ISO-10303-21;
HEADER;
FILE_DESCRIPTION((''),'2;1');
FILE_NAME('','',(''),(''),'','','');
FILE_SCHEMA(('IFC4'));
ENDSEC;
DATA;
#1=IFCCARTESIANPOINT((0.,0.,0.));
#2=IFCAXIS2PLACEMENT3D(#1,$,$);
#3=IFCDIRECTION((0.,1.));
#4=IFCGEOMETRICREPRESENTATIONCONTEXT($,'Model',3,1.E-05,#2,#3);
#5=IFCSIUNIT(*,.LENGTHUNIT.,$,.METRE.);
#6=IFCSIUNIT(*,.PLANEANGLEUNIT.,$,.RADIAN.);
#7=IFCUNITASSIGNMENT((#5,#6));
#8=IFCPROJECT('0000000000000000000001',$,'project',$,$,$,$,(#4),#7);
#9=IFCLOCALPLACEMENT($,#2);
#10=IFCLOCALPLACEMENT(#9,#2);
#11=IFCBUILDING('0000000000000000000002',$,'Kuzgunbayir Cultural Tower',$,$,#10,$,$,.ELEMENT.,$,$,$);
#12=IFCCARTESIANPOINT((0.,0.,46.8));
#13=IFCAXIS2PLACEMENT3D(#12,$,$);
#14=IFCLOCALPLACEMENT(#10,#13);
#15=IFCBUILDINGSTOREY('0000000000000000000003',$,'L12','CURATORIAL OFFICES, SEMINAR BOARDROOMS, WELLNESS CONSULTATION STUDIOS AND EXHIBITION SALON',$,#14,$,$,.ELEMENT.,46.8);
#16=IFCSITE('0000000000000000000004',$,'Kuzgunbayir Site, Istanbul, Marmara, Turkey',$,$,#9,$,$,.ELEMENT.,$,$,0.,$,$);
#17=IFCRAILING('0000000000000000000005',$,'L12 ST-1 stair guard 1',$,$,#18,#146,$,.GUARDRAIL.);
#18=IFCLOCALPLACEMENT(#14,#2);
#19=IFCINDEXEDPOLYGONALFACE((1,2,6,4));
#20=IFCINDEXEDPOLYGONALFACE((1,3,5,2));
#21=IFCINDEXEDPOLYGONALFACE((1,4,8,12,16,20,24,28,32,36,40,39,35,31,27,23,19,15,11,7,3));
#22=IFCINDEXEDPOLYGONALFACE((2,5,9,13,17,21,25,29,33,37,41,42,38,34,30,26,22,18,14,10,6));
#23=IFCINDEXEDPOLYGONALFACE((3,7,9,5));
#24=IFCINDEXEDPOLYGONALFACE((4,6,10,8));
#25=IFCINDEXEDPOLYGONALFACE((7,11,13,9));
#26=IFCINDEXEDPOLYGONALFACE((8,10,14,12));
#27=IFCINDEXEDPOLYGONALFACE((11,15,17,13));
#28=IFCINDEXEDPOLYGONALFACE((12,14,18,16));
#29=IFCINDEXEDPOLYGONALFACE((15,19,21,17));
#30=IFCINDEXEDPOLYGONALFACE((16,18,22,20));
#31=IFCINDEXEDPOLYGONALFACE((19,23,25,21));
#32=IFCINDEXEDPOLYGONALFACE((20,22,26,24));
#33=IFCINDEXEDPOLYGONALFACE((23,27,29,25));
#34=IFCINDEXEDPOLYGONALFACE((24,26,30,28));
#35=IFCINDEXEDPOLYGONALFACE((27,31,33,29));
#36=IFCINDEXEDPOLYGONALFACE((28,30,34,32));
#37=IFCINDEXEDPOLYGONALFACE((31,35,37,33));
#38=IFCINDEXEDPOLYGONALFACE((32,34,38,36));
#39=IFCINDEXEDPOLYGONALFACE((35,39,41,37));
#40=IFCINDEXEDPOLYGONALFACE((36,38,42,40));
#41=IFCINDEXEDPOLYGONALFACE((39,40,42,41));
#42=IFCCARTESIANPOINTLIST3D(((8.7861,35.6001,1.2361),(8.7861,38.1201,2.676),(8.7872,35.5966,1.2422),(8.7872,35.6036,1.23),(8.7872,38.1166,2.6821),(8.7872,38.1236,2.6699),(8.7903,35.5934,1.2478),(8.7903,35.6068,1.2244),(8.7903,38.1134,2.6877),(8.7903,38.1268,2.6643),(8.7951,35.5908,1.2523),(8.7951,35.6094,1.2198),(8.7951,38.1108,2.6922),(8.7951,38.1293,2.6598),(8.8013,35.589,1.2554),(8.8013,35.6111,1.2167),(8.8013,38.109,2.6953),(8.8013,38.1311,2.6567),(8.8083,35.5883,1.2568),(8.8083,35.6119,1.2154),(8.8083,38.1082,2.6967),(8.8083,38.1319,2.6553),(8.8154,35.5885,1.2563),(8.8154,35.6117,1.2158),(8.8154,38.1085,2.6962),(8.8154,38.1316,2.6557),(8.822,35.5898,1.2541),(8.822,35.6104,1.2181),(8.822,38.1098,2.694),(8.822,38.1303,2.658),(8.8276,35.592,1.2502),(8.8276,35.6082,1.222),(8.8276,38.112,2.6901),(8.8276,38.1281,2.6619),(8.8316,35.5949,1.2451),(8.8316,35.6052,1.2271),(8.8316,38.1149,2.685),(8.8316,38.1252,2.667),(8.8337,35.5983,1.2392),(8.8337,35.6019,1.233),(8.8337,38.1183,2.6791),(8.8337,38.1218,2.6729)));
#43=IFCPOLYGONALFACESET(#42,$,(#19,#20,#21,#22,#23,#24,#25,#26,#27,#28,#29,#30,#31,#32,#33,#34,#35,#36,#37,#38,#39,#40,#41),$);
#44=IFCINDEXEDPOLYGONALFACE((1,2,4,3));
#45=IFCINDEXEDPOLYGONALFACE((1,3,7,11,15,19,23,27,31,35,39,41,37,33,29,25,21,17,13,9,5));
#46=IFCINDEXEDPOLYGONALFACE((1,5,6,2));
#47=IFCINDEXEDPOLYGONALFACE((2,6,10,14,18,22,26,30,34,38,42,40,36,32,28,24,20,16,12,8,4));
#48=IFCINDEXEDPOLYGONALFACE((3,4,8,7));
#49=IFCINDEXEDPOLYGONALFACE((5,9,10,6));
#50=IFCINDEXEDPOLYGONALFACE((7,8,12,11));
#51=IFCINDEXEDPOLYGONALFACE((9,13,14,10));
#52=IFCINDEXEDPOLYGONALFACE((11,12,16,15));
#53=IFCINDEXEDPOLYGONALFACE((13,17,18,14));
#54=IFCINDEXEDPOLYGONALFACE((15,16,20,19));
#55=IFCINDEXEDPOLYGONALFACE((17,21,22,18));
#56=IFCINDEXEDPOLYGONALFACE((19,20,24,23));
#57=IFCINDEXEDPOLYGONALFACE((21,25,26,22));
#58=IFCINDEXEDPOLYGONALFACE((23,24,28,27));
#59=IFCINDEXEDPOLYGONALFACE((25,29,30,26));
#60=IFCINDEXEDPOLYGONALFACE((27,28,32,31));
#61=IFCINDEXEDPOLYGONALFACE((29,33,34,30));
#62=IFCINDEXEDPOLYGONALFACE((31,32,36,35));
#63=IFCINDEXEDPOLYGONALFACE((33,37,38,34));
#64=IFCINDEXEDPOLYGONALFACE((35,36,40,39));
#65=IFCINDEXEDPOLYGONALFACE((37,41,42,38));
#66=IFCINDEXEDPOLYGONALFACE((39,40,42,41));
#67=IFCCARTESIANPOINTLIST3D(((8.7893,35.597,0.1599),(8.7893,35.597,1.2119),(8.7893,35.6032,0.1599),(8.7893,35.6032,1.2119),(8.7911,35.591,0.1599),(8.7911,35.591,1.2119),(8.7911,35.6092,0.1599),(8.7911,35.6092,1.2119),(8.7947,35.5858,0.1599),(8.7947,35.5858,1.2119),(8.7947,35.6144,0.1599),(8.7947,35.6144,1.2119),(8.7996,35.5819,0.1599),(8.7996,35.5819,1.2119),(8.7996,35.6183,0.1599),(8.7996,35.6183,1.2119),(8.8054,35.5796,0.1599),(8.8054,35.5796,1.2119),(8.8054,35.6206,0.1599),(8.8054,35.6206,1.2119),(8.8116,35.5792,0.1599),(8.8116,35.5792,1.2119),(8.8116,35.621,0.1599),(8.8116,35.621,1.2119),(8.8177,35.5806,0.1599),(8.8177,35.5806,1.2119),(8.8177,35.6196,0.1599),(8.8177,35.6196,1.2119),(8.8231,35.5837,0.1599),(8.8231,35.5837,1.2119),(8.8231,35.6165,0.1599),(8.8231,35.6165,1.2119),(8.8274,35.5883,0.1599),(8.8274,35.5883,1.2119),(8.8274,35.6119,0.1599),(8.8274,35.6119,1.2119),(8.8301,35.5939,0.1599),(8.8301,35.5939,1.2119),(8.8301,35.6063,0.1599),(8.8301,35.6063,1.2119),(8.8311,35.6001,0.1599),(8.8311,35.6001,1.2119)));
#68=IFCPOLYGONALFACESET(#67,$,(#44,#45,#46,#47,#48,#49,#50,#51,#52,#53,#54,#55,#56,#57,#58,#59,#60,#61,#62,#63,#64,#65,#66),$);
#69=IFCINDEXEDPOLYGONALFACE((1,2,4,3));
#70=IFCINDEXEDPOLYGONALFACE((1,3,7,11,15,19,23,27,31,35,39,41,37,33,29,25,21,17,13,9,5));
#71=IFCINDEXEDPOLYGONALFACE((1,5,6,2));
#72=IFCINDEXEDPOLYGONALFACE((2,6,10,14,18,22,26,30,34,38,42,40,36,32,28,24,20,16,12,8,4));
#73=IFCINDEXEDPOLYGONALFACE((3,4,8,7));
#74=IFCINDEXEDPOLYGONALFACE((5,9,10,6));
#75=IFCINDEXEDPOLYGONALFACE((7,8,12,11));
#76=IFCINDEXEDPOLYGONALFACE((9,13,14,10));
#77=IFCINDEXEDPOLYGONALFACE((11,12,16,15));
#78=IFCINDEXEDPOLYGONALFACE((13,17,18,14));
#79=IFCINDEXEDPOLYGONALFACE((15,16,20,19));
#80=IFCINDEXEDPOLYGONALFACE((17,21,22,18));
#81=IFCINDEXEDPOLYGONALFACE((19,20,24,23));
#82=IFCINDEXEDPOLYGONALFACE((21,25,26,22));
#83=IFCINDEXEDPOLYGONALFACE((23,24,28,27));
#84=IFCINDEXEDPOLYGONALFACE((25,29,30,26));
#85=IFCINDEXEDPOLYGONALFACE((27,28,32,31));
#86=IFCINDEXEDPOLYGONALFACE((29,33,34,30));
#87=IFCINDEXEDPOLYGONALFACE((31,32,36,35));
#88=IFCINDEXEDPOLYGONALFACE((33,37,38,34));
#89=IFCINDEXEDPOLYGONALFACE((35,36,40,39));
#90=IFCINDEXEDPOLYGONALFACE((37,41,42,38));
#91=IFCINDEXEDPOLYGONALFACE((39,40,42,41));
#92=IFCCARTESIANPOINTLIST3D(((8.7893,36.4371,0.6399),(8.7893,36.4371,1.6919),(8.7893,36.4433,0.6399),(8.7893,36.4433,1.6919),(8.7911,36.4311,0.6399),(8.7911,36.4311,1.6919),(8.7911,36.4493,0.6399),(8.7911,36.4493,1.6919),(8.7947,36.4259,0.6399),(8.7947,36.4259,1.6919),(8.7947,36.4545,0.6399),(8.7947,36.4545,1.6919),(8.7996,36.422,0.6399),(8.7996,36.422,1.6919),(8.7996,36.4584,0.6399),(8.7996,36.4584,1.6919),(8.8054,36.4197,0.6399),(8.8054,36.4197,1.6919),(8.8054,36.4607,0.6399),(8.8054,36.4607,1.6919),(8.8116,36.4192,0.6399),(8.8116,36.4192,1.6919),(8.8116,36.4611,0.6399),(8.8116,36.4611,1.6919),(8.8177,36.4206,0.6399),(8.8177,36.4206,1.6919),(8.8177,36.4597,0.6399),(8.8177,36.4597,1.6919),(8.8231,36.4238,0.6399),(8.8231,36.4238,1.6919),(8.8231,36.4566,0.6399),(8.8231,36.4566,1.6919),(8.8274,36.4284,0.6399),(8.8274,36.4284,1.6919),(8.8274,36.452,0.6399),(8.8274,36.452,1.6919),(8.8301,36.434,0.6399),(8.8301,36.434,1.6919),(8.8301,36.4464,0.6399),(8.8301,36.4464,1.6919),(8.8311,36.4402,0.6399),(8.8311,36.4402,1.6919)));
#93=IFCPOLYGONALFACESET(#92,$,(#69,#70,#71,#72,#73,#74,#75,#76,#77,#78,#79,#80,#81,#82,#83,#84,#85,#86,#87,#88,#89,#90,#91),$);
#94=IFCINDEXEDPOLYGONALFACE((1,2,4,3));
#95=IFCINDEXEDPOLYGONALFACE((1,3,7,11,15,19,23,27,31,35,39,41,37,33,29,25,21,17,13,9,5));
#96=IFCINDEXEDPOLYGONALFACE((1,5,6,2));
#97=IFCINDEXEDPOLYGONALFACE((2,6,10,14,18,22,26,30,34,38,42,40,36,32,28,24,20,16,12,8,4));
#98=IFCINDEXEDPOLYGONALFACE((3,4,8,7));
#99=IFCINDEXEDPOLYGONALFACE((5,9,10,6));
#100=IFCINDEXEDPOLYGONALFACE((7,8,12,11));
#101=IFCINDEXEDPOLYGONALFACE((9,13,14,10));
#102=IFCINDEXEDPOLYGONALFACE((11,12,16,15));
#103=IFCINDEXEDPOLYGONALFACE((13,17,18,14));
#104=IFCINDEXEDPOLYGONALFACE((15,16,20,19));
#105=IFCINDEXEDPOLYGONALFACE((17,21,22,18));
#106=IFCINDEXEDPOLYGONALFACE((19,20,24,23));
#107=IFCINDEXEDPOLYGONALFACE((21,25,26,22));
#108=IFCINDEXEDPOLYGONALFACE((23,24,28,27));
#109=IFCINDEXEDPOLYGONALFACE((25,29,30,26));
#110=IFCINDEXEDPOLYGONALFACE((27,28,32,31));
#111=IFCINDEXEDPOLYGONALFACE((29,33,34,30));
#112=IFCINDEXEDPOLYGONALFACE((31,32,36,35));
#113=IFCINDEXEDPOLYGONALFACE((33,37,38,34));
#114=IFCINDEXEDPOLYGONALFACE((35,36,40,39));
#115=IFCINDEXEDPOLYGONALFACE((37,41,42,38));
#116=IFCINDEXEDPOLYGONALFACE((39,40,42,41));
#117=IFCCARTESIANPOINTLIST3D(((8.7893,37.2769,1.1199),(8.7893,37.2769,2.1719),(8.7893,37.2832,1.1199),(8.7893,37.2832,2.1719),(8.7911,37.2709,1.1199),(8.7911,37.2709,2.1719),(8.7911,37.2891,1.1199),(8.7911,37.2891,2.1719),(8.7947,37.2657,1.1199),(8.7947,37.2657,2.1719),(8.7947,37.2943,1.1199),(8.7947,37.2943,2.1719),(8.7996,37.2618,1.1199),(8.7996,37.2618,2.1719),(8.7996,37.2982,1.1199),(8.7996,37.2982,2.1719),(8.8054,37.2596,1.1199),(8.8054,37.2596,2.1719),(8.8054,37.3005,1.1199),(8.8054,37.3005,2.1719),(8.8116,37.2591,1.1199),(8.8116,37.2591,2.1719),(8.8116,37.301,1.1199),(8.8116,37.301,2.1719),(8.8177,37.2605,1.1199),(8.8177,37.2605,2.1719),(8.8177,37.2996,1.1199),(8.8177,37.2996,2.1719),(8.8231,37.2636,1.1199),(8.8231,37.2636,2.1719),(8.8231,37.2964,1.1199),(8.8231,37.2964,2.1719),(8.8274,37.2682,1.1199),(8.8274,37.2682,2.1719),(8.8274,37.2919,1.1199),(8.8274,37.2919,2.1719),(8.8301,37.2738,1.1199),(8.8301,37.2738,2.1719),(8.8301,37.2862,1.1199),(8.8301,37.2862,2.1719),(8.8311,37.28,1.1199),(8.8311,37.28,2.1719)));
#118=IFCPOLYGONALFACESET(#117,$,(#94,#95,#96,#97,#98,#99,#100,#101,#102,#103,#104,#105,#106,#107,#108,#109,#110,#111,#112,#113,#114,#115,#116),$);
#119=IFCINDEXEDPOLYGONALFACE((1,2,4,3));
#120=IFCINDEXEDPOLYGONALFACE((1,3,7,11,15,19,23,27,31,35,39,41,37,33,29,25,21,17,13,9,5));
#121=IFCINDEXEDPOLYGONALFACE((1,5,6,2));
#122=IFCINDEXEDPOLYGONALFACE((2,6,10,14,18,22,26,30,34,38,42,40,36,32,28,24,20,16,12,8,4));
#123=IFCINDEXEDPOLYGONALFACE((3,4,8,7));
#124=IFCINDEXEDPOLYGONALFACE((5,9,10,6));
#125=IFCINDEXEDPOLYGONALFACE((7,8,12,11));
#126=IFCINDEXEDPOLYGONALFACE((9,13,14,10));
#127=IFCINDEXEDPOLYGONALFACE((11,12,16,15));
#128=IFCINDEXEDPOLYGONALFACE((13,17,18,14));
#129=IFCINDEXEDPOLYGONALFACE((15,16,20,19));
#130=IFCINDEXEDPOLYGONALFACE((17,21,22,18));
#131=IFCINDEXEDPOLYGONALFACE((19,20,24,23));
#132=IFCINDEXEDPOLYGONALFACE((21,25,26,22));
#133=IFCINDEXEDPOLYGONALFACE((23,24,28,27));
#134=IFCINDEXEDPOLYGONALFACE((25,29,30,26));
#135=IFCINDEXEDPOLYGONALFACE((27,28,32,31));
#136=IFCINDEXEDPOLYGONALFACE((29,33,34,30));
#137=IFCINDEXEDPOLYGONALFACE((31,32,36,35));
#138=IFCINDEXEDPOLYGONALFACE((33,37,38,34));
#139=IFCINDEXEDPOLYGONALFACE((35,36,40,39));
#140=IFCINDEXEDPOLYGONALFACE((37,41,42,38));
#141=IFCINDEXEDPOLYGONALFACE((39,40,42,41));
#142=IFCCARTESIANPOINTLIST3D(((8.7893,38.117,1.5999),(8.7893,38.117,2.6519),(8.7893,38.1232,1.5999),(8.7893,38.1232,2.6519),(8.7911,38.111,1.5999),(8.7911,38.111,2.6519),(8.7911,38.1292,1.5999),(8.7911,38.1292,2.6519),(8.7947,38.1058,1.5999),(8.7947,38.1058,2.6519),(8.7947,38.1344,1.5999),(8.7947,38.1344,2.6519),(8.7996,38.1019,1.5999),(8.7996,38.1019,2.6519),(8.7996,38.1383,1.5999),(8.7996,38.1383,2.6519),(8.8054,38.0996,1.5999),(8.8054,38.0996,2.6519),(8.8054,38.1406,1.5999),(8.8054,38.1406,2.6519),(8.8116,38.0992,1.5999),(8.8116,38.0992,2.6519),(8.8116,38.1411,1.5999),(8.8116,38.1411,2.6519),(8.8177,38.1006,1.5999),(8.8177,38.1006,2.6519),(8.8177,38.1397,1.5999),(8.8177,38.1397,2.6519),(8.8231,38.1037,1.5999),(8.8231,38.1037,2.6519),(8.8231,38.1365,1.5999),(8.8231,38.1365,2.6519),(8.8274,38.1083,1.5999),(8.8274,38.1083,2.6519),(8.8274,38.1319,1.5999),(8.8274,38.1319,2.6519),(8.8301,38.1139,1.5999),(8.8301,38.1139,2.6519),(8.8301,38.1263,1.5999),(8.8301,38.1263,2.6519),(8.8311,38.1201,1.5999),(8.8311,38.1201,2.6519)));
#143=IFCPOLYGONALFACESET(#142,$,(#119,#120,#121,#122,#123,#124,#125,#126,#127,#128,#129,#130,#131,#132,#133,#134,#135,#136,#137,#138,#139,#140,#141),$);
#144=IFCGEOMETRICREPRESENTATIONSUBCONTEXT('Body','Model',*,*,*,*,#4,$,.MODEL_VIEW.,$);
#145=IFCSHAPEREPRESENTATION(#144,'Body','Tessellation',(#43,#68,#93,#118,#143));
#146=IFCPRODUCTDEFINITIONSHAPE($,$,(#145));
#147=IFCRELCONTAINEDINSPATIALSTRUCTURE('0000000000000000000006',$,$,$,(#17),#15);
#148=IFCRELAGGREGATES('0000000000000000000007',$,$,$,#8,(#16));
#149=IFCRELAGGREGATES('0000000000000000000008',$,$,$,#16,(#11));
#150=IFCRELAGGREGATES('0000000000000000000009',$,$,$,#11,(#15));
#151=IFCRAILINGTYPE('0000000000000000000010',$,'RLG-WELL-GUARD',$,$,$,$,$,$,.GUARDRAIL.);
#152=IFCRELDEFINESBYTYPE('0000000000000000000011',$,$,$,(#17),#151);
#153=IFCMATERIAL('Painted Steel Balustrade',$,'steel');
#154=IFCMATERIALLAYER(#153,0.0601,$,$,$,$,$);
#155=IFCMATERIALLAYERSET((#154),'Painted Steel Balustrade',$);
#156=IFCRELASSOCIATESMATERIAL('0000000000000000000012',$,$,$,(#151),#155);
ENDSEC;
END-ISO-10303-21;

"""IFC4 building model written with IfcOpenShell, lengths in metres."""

from ifc_helpers import new_model, si_unit, direction, frame, origin, origin_2d, place, context, subcontext, project, spatial, circle, extrude, material, layer, layer_set, type_object, element, save


model = new_model("IFC4")

# Units and contexts
model_context = context("Model", 3, precision=1e-05, world=origin(), true_north=direction((0.0, 1.0)))
body_context = subcontext(model_context, "Body", "Model", "MODEL_VIEW")
ifc_project = project(units=[si_unit("LENGTHUNIT", "METRE"), si_unit("PLANEANGLEUNIT", "RADIAN")], contexts=[model_context])

# Site, building, storey
site_placement = place(None, origin())
site = spatial("IfcSite", under=ifc_project, at=site_placement, Name="Kuzgunbayir Site, Istanbul, Marmara, Turkey", CompositionType="ELEMENT", RefElevation=0.0)
building_placement = place(site_placement, origin())
building = spatial("IfcBuilding", under=site, at=building_placement, Name="Kuzgunbayir Cultural Tower", CompositionType="ELEMENT")
storey_placement = place(building_placement, frame((0.0, 0.0, 46.8)))
storey = spatial("IfcBuildingStorey", under=building, at=storey_placement, Name="L12", Description="CURATORIAL OFFICES, SEMINAR BOARDROOMS, WELLNESS CONSULTATION STUDIOS AND EXHIBITION SALON", CompositionType="ELEMENT", Elevation=46.8)

# Railing
ifc_material_1 = material(Name="Painted Steel Balustrade", Category="steel")
ifc_layer_1 = layer(ifc_material_1, 0.0601)
ifc_layer_set_1 = layer_set([ifc_layer_1], Name="Painted Steel Balustrade")
railing_type_1 = type_object("IfcRailingType", Name="RLG-WELL-GUARD", PredefinedType="GUARDRAIL", material=ifc_layer_set_1)
railing_1_placement = place(storey_placement, frame((8.8101, 35.6001, 0.1599)))
element("IfcRailing", 1, at=railing_1_placement, inside=storey, type_object=railing_type_1, Name="L12 ST-1 stair guard 1", PredefinedType="GUARDRAIL", context=body_context, shape_type="SweptSolid", body=[
    extrude(circle(Radius=0.0239, at=origin_2d()), frame((0.0, 0.0, 1.0762), z_axis=(0.0, 0.868253, 0.496121), x_axis=(-1.0, 0.0, 0.0)), (0.0, 0.0, 1.0), 2.9023),
    extrude(circle(Radius=0.021, at=origin_2d()), origin(), (0.0, 0.0, 1.0), 1.052),
    extrude(circle(Radius=0.021, at=origin_2d()), frame((0.0, 0.8401, 0.48)), (0.0, 0.0, 1.0), 1.052),
    extrude(circle(Radius=0.021, at=origin_2d()), frame((0.0, 1.6799, 0.96)), (0.0, 0.0, 1.0), 1.052),
    extrude(circle(Radius=0.021, at=origin_2d()), frame((0.0, 2.52, 1.4399)), (0.0, 0.0, 1.0), 1.052),
])

save(model, "model.ifc")
